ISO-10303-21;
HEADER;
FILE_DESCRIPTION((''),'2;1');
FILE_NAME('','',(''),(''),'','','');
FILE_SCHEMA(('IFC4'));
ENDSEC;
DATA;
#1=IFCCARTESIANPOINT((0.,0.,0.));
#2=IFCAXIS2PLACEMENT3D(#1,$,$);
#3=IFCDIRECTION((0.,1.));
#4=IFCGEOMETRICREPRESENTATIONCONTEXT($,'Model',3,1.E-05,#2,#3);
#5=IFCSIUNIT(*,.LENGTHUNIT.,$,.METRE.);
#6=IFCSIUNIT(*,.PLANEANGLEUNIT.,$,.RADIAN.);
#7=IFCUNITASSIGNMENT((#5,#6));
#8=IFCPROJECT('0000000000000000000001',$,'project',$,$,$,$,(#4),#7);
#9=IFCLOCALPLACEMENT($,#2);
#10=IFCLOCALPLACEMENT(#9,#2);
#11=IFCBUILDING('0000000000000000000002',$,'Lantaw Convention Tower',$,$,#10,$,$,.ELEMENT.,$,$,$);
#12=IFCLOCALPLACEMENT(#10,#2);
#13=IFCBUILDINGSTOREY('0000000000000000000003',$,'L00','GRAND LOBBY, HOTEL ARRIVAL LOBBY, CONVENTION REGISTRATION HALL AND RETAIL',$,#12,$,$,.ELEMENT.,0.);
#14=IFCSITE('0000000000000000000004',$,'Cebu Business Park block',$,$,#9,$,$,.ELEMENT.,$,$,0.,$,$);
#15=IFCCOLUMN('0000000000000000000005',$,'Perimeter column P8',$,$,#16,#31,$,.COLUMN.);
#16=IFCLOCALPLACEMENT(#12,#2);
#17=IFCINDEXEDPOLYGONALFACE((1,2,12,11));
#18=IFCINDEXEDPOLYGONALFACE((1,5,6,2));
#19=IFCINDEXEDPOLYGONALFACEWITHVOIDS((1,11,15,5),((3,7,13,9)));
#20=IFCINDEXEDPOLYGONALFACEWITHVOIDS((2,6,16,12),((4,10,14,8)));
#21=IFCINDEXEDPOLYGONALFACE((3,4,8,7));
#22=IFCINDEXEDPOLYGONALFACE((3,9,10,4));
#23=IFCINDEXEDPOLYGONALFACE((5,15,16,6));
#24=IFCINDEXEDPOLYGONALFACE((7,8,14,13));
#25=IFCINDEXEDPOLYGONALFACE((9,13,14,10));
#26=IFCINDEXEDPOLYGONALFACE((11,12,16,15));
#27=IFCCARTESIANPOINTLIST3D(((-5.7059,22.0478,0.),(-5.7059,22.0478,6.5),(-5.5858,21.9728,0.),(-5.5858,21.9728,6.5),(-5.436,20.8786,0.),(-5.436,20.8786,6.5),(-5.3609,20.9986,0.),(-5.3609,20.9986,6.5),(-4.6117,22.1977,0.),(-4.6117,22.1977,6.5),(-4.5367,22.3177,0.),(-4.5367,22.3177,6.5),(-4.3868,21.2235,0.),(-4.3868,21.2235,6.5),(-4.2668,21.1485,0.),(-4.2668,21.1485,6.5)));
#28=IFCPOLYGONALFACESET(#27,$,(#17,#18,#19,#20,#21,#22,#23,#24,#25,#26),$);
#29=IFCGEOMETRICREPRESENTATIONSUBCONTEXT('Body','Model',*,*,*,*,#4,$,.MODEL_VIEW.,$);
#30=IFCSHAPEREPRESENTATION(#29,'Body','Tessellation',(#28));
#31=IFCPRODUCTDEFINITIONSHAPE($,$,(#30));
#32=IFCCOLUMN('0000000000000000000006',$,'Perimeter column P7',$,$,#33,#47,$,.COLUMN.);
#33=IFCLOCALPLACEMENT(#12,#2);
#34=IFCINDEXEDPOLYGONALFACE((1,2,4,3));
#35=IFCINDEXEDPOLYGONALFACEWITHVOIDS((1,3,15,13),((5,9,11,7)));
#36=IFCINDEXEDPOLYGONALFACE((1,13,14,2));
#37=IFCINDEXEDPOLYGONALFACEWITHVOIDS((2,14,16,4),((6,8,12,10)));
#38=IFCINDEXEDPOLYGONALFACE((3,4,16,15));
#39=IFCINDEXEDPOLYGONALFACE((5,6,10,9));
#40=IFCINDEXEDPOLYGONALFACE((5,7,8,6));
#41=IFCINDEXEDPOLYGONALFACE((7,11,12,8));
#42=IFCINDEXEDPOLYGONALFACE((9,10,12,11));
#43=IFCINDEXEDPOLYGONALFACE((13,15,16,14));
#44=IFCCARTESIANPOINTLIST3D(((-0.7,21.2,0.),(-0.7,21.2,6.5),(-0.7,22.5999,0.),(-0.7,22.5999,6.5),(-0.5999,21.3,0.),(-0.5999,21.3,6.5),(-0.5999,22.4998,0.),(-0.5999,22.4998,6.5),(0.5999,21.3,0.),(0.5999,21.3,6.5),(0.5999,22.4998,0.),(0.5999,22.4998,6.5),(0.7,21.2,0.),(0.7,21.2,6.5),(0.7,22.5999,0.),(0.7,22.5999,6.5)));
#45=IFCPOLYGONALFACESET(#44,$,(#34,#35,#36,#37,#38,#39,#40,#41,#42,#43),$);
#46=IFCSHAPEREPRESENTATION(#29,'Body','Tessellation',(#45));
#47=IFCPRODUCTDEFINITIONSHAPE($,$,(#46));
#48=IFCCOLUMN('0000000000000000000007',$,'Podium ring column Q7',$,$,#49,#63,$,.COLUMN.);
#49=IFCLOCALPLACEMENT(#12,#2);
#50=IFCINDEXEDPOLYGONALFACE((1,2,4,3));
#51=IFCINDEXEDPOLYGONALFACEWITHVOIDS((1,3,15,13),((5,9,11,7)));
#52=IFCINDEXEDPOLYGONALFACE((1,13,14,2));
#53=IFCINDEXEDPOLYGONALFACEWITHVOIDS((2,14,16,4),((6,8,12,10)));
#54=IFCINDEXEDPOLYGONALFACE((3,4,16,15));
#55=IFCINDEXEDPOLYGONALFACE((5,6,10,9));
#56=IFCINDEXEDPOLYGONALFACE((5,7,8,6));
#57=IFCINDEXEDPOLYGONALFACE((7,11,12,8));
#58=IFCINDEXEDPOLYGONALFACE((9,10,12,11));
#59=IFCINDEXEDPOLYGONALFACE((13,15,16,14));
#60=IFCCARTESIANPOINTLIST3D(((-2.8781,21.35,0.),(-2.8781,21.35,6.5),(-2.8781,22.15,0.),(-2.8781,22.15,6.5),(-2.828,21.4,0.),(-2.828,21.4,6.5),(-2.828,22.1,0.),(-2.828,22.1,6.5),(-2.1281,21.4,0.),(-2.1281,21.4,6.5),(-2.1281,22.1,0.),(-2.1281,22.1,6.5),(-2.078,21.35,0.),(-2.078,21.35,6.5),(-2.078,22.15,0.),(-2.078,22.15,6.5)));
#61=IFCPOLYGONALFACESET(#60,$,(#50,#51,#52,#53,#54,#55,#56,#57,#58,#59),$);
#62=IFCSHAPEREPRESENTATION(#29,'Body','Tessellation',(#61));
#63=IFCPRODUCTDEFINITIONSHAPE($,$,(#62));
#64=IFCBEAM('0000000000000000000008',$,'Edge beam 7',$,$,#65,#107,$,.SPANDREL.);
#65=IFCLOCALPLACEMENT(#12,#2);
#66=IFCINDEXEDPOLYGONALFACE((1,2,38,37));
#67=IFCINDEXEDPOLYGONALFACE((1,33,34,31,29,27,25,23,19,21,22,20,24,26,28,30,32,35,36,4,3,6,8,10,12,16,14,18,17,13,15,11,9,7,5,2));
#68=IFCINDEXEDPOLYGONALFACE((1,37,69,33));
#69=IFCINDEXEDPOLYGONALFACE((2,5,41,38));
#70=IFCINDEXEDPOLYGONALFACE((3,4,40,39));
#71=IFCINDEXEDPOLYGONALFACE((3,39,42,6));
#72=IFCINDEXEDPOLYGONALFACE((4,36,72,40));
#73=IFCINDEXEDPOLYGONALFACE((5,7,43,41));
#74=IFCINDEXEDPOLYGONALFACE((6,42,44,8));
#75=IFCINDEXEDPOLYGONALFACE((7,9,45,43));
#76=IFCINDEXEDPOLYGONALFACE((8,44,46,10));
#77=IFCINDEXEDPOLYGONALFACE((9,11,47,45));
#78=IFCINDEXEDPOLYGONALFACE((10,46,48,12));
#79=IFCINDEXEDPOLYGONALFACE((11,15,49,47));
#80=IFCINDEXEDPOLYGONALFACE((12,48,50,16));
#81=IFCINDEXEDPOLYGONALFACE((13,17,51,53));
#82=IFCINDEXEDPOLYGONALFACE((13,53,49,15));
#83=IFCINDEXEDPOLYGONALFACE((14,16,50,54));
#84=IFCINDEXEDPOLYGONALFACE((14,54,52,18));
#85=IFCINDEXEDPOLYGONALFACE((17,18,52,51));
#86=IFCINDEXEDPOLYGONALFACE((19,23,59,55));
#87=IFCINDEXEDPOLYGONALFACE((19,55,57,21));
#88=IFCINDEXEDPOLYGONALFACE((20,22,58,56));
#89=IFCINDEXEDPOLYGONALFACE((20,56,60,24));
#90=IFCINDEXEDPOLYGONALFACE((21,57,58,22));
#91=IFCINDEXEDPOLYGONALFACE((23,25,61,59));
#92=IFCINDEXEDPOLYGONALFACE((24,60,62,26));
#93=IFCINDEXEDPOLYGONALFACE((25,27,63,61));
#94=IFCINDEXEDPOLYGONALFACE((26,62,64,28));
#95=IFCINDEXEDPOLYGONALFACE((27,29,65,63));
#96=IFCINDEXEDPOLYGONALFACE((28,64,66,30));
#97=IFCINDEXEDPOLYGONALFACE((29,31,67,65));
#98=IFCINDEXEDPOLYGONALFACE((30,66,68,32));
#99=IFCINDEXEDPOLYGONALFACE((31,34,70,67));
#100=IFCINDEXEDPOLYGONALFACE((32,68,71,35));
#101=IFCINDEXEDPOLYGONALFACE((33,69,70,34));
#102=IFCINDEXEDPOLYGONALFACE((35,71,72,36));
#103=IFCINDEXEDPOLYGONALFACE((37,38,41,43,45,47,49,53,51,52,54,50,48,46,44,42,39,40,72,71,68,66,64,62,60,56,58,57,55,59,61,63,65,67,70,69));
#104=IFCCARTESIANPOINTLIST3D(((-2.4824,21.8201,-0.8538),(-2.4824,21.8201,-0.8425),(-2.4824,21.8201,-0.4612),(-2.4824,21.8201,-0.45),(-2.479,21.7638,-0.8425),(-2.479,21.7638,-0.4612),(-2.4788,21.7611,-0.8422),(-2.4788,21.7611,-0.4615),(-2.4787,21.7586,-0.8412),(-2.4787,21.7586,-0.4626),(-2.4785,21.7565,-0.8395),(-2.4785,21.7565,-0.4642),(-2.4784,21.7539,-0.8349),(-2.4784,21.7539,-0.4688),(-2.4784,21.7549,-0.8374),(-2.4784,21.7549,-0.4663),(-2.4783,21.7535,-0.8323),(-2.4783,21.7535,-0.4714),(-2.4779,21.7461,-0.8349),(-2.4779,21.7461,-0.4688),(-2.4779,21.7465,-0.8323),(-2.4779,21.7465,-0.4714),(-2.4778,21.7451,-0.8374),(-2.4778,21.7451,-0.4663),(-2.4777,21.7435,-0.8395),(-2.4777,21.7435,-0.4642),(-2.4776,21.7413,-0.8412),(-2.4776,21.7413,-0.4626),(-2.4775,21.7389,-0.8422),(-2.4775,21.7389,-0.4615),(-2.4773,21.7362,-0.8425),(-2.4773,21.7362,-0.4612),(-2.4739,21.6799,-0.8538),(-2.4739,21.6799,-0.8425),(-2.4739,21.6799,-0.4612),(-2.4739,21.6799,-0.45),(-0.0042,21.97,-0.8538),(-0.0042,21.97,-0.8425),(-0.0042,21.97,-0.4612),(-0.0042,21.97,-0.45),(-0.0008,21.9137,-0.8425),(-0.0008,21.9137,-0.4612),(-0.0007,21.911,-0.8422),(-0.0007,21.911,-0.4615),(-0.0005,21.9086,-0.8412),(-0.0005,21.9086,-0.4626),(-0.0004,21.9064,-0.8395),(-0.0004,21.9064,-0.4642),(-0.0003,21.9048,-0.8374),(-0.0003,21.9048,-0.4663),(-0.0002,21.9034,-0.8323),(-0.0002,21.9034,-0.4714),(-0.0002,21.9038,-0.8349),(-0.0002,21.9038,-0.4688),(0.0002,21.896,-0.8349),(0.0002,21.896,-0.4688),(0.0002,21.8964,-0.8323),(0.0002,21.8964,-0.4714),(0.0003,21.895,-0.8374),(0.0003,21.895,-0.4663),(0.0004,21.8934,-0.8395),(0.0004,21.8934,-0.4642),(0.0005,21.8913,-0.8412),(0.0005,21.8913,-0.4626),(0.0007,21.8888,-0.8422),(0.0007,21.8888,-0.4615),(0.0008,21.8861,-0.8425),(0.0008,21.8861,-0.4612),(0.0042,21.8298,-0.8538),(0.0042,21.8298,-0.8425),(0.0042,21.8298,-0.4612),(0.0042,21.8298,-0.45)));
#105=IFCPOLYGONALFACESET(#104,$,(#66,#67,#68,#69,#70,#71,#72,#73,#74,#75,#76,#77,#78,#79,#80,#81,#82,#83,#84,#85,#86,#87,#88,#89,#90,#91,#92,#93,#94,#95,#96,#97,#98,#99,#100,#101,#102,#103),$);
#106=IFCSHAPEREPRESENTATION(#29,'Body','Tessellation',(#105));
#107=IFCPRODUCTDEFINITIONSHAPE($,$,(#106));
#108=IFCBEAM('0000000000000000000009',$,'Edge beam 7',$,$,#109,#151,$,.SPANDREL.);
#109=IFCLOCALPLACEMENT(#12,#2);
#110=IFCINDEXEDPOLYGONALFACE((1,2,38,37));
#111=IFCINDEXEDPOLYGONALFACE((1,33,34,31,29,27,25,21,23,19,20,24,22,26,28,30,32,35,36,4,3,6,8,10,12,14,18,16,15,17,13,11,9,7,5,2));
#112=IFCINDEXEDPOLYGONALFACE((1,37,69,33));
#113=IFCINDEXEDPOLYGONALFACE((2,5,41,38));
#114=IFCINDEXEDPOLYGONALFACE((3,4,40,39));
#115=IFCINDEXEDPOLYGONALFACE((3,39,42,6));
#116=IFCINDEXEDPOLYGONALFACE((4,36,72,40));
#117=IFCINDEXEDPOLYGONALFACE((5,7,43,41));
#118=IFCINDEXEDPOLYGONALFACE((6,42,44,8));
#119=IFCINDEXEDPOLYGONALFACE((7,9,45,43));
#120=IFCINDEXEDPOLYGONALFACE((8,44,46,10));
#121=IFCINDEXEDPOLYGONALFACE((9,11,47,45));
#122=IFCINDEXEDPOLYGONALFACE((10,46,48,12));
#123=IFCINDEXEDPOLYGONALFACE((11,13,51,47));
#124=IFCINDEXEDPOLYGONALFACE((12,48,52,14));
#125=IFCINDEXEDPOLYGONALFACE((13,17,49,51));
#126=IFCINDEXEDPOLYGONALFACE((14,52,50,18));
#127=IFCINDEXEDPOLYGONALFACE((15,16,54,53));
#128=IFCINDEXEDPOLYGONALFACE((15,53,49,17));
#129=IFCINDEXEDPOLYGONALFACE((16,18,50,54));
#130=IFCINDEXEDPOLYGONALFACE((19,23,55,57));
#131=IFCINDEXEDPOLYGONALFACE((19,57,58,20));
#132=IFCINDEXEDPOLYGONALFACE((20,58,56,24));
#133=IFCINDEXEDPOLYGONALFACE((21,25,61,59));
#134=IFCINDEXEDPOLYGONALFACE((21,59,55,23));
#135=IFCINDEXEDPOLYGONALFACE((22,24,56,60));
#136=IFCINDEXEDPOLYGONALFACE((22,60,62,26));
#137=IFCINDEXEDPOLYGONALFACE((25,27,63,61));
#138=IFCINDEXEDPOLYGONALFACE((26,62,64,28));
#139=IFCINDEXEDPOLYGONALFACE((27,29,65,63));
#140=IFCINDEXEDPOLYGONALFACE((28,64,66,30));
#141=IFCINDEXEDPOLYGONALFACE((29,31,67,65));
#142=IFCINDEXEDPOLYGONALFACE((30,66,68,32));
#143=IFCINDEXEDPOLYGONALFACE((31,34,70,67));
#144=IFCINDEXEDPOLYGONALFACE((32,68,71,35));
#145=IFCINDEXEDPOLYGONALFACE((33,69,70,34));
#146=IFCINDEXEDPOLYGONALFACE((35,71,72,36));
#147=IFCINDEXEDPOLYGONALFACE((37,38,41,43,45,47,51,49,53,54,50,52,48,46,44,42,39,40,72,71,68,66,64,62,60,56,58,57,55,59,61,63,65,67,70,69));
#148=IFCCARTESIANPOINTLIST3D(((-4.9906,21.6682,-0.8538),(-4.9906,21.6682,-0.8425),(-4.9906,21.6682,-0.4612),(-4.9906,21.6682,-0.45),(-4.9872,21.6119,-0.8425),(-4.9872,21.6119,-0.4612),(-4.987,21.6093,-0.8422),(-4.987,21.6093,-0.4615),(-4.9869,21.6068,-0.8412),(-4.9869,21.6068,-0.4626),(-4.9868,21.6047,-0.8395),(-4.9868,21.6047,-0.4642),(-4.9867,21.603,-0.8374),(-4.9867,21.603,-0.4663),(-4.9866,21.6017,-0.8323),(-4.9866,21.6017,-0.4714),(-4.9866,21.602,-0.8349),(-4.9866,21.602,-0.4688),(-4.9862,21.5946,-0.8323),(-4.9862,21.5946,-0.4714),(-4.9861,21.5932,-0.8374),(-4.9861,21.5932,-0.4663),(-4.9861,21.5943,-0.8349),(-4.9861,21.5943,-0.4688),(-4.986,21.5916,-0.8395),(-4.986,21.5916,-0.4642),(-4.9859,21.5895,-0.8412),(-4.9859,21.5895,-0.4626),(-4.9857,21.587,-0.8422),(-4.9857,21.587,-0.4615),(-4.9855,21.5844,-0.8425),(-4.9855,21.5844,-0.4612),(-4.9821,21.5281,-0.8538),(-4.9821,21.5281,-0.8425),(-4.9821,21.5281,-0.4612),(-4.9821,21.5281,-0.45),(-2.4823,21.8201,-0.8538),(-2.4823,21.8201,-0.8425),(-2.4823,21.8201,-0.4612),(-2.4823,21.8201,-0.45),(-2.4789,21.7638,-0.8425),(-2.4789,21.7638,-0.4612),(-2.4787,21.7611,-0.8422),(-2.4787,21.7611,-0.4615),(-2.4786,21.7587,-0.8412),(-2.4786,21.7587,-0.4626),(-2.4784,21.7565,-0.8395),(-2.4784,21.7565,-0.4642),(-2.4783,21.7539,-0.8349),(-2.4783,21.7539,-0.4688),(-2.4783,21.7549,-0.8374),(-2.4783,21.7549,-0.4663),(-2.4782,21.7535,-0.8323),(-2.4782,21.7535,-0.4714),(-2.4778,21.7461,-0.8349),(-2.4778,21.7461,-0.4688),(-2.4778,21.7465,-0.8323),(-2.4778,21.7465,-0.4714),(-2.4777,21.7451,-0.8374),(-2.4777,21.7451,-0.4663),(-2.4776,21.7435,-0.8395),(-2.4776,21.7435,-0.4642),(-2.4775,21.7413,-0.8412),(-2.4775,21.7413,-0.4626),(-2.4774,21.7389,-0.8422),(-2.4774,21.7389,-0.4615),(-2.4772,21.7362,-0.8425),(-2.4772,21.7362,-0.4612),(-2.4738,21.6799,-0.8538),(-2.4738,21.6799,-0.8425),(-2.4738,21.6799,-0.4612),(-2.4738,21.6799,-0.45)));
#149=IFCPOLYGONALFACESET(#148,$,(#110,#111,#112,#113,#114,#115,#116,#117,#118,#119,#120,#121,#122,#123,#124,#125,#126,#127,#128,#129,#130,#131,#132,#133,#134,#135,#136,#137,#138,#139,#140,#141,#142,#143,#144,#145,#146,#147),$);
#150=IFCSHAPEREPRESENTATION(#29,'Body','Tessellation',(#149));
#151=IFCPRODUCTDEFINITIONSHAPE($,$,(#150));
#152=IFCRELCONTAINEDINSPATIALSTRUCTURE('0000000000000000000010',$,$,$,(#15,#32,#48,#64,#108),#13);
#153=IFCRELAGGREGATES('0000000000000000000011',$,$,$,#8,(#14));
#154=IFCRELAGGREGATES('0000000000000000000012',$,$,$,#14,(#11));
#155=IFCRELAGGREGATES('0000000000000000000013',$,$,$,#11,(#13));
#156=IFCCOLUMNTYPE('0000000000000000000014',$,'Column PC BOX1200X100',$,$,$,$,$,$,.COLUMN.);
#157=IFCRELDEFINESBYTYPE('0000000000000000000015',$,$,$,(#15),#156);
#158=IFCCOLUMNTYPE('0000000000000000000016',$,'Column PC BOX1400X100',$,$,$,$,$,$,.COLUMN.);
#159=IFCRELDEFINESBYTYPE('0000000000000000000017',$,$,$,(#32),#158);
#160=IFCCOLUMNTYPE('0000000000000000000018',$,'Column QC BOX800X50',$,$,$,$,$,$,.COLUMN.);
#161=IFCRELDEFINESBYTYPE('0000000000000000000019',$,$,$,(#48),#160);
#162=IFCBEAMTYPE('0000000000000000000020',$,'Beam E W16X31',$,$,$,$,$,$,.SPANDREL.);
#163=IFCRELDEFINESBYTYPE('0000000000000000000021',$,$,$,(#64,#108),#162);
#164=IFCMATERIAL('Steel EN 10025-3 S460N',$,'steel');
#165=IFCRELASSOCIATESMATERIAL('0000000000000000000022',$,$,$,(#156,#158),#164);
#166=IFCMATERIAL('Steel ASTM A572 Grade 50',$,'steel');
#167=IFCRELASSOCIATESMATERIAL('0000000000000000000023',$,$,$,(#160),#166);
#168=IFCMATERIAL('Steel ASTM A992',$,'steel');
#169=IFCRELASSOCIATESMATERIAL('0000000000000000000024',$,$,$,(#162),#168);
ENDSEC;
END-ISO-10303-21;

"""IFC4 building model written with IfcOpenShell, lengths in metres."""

from ifc_helpers import new_model, si_unit, direction, frame, origin, origin_2d, place, context, subcontext, project, spatial, rectangle, hollow_rectangle, i_section, extrude, material, material_profile, profile_set, type_object, element, save


model = new_model("IFC4")

# Units and contexts
model_context = context("Model", 3, precision=1e-05, world=origin(), true_north=direction((0.0, 1.0)))
body_context = subcontext(model_context, "Body", "Model", "MODEL_VIEW")
ifc_project = project(units=[si_unit("LENGTHUNIT", "METRE"), si_unit("PLANEANGLEUNIT", "RADIAN")], contexts=[model_context])

# Site, building, storey
site_placement = place(None, origin())
site = spatial("IfcSite", under=ifc_project, at=site_placement, Name="Cebu Business Park block", CompositionType="ELEMENT", RefElevation=0.0)
building_placement = place(site_placement, origin())
building = spatial("IfcBuilding", under=site, at=building_placement, Name="Lantaw Convention Tower", CompositionType="ELEMENT")
storey_placement = place(building_placement, origin())
storey = spatial("IfcBuildingStorey", under=building, at=storey_placement, Name="L00", Description="GRAND LOBBY, HOTEL ARRIVAL LOBBY, CONVENTION REGISTRATION HALL AND RETAIL", CompositionType="ELEMENT", Elevation=0.0)

# Columns
ifc_material_1 = material(Name="Steel EN 10025-3 S460N", Category="steel")
ifc_material_profile_1 = material_profile(ifc_material_1, hollow_rectangle(XDim=1.2, YDim=1.2, WallThickness=0.1001, at=origin_2d()), Name="BOX1200X100")
ifc_material_2 = material(Name="Concrete C60/75", Category="concrete")
ifc_material_profile_2 = material_profile(ifc_material_2, rectangle(XDim=1.0, YDim=1.0, at=origin_2d()), Name="Concrete fill of BOX1200X100")
ifc_profile_set_1 = profile_set([ifc_material_profile_1, ifc_material_profile_2], Name="Steel EN 10025-3 S460N")
column_type_1 = type_object("IfcColumnType", Name="Column PC BOX1200X100", PredefinedType="COLUMN", material=ifc_profile_set_1)
column_1_placement = place(storey_placement, frame((-4.9863, 21.5981, 0.0), z_axis=(0.0, 0.0, 1.0), x_axis=(0.97437, 0.224951, 0.0)))
element("IfcColumn", 1, at=column_1_placement, inside=storey, type_object=column_type_1, Name="Perimeter column P8", PredefinedType="COLUMN", context=body_context, shape_type="SweptSolid", body=[
    extrude(hollow_rectangle(XDim=1.2, YDim=1.2, WallThickness=0.1001, at=origin_2d()), origin(), (0.0, 0.0, 1.0), 6.5),
])
ifc_material_profile_3 = material_profile(ifc_material_1, hollow_rectangle(XDim=1.3999, YDim=1.3999, WallThickness=0.1001, at=origin_2d()), Name="BOX1400X100")
ifc_material_profile_4 = material_profile(ifc_material_2, rectangle(XDim=1.2, YDim=1.2, at=origin_2d()), Name="Concrete fill of BOX1400X100")
ifc_profile_set_2 = profile_set([ifc_material_profile_3, ifc_material_profile_4], Name="Steel EN 10025-3 S460N")
column_type_2 = type_object("IfcColumnType", Name="Column PC BOX1400X100", PredefinedType="COLUMN", material=ifc_profile_set_2)
column_2_placement = place(storey_placement, frame((0.0, 21.8999, 0.0), z_axis=(0.0, 0.0, 1.0), x_axis=(1.0, 0.0, 0.0)))
element("IfcColumn", 2, at=column_2_placement, inside=storey, type_object=column_type_2, Name="Perimeter column P7", PredefinedType="COLUMN", context=body_context, shape_type="SweptSolid", body=[
    extrude(hollow_rectangle(XDim=1.3999, YDim=1.3999, WallThickness=0.1001, at=origin_2d()), origin(), (0.0, 0.0, 1.0), 6.5),
])
ifc_material_3 = material(Name="Steel ASTM A572 Grade 50", Category="steel")
ifc_material_profile_5 = material_profile(ifc_material_3, hollow_rectangle(XDim=0.8, YDim=0.8, WallThickness=0.05, at=origin_2d()), Name="BOX800X50")
ifc_profile_set_3 = profile_set([ifc_material_profile_5], Name="Steel ASTM A572 Grade 50")
column_type_3 = type_object("IfcColumnType", Name="Column QC BOX800X50", PredefinedType="COLUMN", material=ifc_profile_set_3)
column_3_placement = place(storey_placement, frame((-2.478, 21.75, 0.0), z_axis=(0.0, 0.0, 1.0), x_axis=(1.0, 0.0, 0.0)))
element("IfcColumn", 3, at=column_3_placement, inside=storey, type_object=column_type_3, Name="Podium ring column Q7", PredefinedType="COLUMN", context=body_context, shape_type="SweptSolid", body=[
    extrude(hollow_rectangle(XDim=0.8, YDim=0.8, WallThickness=0.05, at=origin_2d()), origin(), (0.0, 0.0, 1.0), 6.5),
])

# Beams
ifc_material_4 = material(Name="Steel ASTM A992", Category="steel")
ifc_material_profile_6 = material_profile(ifc_material_4, i_section(OverallWidth=0.1404, OverallDepth=0.4038, WebThickness=0.0071, FlangeThickness=0.0112, FilletRadius=0.0103, at=origin_2d()), Name="W16X31")
ifc_profile_set_4 = profile_set([ifc_material_profile_6], Name="Steel ASTM A992")
beam_type_1 = type_object("IfcBeamType", Name="Beam E W16X31", PredefinedType="SPANDREL", material=ifc_profile_set_4)
beam_1_placement = place(storey_placement, frame((0.0, 21.8999, -0.6519), z_axis=(-0.998175, -0.060382, 0.0), x_axis=(0.060382, -0.998175, 0.0)))
element("IfcBeam", 4, at=beam_1_placement, inside=storey, type_object=beam_type_1, Name="Edge beam 7", PredefinedType="SPANDREL", context=body_context, shape_type="SweptSolid", body=[
    extrude(i_section(OverallWidth=0.1404, OverallDepth=0.4038, WebThickness=0.0071, FlangeThickness=0.0112, FilletRadius=0.0103, at=origin_2d()), origin(), (0.0, 0.0, 1.0), 2.4827),
])
beam_2_placement = place(storey_placement, frame((-2.478, 21.75, -0.6519), z_axis=(-0.998172, -0.060431, 0.0), x_axis=(0.060431, -0.998172, 0.0)))
element("IfcBeam", 5, at=beam_2_placement, inside=storey, type_object=beam_type_1, Name="Edge beam 7", PredefinedType="SPANDREL", context=body_context, shape_type="SweptSolid", body=[
    extrude(i_section(OverallWidth=0.1404, OverallDepth=0.4038, WebThickness=0.0071, FlangeThickness=0.0112, FilletRadius=0.0103, at=origin_2d()), origin(), (0.0, 0.0, 1.0), 2.5129),
])

save(model, "model.ifc")
